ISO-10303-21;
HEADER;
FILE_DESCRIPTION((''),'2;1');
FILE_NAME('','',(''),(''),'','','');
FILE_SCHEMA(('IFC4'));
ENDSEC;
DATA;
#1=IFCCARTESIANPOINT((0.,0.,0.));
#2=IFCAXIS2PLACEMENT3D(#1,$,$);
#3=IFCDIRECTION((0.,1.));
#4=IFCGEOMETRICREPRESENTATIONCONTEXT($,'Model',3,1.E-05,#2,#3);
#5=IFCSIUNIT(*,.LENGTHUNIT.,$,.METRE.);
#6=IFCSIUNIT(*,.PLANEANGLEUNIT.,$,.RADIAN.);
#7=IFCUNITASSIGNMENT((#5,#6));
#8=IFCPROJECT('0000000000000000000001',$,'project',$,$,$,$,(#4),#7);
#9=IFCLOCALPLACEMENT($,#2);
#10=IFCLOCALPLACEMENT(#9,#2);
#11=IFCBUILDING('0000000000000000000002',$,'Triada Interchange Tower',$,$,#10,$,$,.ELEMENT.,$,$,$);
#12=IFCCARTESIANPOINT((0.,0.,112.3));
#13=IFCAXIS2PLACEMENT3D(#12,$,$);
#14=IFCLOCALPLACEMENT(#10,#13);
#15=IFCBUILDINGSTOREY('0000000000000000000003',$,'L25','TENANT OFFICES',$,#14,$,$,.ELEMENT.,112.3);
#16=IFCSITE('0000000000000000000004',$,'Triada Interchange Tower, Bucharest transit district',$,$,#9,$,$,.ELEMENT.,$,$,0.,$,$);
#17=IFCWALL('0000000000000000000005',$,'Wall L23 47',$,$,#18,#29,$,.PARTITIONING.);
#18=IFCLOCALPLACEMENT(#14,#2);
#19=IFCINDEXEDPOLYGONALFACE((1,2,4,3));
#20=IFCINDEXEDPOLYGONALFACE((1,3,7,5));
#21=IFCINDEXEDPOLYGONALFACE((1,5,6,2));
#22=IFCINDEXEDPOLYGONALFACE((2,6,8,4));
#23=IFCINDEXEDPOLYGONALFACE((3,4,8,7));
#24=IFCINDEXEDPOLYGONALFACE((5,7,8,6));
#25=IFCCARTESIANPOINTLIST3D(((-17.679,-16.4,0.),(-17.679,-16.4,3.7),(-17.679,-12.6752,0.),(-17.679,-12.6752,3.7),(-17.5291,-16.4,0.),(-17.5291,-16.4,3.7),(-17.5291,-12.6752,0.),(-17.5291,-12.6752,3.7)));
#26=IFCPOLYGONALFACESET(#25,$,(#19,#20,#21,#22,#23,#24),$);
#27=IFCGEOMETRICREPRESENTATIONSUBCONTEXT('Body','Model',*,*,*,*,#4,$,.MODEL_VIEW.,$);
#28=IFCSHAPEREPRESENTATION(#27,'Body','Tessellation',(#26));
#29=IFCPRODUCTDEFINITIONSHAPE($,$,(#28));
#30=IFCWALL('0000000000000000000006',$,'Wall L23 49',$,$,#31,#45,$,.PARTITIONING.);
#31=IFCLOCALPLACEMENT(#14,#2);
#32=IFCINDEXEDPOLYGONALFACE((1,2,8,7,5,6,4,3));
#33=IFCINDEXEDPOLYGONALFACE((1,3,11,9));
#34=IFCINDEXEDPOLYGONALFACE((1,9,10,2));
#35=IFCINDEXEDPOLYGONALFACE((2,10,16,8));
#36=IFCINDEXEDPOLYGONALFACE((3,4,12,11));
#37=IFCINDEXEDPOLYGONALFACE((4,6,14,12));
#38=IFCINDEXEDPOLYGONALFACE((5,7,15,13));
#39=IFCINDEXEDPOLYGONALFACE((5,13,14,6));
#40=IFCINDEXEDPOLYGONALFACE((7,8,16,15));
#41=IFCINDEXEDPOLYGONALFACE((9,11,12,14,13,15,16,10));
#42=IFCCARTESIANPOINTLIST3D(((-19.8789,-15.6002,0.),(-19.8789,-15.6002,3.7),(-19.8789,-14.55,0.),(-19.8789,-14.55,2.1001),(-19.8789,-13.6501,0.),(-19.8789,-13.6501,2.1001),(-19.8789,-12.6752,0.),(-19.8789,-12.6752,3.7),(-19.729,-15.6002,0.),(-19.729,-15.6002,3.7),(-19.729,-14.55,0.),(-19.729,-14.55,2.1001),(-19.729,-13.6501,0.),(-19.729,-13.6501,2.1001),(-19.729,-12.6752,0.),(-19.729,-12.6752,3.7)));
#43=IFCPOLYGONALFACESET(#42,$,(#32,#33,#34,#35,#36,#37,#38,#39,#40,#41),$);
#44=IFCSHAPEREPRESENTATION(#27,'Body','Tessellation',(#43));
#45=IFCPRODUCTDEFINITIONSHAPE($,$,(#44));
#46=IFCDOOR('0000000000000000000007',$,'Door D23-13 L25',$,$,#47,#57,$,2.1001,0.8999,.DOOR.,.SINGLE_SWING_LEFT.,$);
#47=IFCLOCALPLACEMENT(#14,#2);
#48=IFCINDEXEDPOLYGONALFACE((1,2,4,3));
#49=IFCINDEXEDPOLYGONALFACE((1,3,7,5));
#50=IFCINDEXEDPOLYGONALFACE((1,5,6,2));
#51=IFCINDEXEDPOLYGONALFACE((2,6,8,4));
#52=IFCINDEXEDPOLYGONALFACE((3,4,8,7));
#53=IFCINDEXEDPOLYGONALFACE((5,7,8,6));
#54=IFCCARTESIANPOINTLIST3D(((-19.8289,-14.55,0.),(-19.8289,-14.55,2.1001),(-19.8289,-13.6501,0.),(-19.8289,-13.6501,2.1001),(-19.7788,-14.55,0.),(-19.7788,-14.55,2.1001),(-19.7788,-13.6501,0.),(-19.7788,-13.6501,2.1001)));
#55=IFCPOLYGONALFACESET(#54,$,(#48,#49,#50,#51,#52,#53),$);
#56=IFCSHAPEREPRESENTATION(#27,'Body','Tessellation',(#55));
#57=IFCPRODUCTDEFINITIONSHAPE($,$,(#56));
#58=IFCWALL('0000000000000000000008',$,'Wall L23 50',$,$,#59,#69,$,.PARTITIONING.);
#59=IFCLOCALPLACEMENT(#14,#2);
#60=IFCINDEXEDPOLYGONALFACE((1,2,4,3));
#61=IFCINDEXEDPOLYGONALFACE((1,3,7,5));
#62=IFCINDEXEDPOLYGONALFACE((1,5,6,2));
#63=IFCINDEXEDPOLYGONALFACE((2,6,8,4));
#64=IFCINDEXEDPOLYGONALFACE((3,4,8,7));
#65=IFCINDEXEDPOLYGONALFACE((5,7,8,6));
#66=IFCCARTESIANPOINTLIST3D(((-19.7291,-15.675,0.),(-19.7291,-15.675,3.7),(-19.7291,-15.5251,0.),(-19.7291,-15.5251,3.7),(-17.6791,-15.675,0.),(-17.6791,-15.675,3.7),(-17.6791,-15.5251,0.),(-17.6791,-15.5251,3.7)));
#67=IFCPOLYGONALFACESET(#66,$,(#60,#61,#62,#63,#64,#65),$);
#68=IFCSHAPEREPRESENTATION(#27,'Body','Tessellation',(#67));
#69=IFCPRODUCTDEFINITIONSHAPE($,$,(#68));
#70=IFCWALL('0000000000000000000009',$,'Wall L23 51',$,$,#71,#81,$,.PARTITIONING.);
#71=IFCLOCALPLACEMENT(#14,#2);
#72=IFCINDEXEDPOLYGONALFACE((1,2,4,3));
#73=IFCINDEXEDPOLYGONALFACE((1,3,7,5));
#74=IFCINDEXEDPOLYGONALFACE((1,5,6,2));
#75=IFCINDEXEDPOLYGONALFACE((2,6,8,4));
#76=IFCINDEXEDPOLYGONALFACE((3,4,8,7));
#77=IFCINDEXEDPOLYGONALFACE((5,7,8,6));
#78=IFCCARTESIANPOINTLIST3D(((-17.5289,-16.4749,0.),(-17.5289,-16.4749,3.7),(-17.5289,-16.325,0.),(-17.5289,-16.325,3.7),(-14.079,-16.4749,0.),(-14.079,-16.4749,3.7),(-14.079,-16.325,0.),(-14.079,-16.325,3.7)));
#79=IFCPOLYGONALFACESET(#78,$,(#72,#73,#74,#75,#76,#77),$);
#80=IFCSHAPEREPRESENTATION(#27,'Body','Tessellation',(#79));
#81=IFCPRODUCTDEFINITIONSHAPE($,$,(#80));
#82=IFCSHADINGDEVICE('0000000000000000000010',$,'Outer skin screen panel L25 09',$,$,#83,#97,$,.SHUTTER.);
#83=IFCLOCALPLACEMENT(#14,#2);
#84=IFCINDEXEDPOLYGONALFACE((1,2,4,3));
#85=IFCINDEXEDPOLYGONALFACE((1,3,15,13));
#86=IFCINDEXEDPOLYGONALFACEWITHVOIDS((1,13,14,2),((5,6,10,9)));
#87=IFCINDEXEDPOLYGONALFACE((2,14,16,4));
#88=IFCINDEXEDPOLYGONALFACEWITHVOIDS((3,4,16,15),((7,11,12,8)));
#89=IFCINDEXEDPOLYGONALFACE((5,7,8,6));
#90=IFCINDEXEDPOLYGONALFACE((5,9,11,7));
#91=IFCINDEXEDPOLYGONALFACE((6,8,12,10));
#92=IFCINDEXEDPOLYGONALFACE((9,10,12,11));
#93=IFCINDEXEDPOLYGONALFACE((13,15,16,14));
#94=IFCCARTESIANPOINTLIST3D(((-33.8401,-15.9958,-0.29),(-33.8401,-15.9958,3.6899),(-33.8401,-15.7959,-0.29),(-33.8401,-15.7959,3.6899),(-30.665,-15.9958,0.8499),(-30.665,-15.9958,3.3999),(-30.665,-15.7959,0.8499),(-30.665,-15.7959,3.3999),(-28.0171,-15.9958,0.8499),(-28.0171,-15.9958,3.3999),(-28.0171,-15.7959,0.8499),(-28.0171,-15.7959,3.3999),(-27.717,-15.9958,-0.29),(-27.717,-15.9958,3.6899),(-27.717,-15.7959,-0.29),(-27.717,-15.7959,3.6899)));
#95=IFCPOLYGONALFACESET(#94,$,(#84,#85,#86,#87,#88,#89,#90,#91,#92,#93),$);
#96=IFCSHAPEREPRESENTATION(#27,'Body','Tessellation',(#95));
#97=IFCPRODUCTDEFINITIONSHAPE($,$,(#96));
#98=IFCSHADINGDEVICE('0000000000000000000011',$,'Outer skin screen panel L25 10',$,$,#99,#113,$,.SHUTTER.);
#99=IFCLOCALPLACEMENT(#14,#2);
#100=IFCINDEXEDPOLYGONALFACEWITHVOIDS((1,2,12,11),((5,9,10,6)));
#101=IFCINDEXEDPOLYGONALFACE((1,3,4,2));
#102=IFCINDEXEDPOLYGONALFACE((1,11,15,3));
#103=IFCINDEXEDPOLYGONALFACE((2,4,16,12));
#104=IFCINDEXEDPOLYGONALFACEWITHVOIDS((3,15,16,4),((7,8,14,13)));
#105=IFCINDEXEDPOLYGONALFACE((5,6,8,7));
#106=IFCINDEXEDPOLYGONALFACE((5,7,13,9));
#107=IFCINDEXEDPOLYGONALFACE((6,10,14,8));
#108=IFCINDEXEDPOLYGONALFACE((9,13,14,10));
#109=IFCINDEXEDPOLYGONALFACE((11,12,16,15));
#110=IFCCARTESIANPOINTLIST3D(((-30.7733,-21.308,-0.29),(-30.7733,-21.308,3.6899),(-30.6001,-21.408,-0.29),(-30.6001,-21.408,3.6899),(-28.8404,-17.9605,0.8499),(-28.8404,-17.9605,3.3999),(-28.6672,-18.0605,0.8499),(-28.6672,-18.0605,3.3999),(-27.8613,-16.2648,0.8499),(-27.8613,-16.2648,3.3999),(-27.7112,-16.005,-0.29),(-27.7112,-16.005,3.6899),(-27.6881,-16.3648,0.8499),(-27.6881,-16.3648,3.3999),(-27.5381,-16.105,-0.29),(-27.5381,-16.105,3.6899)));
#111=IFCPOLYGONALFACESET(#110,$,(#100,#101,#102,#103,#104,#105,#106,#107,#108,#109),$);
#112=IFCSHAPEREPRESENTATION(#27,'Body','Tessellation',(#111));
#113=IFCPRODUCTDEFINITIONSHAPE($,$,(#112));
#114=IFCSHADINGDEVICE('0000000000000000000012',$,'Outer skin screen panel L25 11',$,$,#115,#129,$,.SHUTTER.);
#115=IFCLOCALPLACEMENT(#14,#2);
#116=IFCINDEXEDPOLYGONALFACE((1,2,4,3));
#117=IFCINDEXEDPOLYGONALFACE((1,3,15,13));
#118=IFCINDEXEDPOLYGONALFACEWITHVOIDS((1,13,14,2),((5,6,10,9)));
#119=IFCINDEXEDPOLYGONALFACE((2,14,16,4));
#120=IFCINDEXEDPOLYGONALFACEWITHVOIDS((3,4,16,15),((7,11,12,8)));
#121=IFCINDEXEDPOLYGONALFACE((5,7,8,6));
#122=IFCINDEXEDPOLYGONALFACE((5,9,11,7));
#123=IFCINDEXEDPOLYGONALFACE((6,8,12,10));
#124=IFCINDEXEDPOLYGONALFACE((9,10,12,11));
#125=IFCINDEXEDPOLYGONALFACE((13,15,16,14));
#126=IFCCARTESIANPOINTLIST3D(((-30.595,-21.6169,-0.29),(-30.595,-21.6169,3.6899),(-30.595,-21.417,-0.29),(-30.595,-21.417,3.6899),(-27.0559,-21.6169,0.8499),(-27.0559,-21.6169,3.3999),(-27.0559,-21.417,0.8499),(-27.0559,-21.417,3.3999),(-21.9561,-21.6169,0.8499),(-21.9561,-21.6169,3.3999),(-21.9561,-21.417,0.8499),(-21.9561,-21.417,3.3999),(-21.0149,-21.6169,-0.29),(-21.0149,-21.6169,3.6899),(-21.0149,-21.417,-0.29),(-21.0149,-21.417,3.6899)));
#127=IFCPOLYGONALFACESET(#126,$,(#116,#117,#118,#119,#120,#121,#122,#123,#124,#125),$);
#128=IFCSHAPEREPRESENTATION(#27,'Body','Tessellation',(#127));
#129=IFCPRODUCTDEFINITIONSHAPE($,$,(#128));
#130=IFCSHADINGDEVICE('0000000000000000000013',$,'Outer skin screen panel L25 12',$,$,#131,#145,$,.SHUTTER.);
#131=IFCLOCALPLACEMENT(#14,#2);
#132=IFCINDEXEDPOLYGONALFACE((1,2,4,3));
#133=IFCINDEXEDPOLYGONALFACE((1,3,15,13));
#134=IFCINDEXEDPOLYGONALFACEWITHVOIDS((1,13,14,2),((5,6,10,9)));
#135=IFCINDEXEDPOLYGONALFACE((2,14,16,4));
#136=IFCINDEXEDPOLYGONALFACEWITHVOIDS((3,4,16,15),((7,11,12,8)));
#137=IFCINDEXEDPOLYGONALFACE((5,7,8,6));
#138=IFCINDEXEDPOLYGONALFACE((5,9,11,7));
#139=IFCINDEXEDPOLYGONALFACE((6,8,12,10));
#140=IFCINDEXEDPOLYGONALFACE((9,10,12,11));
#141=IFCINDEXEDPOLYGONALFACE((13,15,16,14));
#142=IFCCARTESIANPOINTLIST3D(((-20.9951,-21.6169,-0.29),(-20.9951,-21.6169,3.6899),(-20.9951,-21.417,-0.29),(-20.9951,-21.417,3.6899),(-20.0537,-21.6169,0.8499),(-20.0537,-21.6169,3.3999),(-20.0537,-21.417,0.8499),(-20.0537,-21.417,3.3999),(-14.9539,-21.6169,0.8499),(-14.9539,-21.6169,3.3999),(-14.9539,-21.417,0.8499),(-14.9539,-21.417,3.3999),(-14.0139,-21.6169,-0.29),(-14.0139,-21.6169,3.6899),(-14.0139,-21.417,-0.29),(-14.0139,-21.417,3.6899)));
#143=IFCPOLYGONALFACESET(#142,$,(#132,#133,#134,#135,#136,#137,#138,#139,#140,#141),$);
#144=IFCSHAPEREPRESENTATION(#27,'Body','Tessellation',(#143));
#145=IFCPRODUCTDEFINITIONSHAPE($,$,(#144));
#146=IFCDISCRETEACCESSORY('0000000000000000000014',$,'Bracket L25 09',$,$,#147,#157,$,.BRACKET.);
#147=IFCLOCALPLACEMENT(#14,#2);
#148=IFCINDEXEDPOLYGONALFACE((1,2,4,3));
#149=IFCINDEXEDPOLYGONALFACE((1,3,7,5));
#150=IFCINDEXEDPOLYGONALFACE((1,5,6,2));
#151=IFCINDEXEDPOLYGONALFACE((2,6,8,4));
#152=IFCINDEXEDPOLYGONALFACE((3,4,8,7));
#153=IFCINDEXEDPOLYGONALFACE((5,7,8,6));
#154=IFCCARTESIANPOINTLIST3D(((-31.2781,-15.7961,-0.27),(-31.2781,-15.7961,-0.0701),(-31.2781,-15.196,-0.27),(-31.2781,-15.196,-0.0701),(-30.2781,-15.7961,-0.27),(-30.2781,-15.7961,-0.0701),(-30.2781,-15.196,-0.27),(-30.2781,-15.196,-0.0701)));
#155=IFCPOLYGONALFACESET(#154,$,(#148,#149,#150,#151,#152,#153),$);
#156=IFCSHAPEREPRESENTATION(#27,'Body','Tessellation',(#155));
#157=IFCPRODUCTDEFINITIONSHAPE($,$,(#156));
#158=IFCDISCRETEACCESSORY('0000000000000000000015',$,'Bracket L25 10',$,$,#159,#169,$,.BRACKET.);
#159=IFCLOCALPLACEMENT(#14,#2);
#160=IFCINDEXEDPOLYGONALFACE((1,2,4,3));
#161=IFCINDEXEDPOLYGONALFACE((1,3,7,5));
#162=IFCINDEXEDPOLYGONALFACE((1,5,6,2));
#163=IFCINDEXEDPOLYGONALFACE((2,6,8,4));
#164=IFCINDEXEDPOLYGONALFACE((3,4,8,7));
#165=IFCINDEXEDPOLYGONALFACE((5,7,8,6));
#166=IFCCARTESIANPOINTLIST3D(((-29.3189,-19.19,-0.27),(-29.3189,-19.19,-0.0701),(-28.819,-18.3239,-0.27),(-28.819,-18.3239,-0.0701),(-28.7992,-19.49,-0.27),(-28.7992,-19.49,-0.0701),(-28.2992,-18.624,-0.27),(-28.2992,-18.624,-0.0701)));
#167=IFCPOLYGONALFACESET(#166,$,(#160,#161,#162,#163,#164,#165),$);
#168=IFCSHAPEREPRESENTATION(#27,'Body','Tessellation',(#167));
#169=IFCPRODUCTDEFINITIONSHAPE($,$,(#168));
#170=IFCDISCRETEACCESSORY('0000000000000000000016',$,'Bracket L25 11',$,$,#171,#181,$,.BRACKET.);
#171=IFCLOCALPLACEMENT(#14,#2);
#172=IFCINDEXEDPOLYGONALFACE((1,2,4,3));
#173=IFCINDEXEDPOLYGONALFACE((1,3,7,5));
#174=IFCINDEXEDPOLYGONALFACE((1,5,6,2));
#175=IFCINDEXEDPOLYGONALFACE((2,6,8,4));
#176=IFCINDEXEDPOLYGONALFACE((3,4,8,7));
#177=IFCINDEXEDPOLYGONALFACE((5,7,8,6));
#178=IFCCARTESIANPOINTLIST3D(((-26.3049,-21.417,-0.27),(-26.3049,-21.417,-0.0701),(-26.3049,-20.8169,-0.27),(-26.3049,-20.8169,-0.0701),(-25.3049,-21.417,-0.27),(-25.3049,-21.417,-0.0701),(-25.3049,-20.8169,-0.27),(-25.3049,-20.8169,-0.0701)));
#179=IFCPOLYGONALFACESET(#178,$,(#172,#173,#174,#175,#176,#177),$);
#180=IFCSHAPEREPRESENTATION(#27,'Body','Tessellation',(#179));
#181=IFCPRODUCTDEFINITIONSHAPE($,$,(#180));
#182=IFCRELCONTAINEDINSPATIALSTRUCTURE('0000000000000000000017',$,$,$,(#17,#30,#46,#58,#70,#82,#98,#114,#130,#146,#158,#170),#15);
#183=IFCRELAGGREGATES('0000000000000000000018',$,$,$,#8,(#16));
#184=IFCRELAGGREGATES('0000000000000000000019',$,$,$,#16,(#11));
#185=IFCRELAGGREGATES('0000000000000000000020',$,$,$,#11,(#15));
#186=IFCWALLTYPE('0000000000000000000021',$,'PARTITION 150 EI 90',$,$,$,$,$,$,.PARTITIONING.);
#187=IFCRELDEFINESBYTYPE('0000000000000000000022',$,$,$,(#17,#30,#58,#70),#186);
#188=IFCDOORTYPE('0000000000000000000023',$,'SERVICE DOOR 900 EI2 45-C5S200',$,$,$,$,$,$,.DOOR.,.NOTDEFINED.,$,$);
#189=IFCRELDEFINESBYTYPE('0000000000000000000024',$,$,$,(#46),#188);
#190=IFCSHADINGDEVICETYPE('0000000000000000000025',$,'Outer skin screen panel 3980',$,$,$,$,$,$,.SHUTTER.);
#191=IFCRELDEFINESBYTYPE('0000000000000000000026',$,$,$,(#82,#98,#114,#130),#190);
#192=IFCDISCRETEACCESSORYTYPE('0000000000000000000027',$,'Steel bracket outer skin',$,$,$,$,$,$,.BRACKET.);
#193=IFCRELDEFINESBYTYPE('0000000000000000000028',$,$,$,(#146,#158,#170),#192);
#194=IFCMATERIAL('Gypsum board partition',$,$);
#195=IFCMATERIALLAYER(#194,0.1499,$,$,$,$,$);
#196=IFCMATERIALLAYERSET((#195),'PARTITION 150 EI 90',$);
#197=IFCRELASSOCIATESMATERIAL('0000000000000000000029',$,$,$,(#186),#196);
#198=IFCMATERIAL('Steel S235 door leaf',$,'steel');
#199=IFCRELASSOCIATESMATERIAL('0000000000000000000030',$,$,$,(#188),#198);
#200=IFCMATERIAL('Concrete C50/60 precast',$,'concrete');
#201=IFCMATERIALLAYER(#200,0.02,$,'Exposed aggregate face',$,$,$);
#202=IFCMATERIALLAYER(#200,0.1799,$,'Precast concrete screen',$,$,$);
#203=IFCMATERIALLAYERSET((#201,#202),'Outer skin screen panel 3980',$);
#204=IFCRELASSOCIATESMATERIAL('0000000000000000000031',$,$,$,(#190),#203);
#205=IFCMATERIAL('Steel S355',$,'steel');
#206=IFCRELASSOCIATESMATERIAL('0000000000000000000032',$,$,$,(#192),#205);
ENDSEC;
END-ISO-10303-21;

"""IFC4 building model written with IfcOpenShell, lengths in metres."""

from ifc_helpers import new_model, si_unit, direction, frame, frame_2d, origin, origin_2d, place, context, subcontext, project, spatial, polyline, rectangle, outline, extrude, material, layer, layer_set, type_object, element, fill, save


model = new_model("IFC4")

# Units and contexts
model_context = context("Model", 3, precision=1e-05, world=origin(), true_north=direction((0.0, 1.0)))
body_context = subcontext(model_context, "Body", "Model", "MODEL_VIEW")
ifc_project = project(units=[si_unit("LENGTHUNIT", "METRE"), si_unit("PLANEANGLEUNIT", "RADIAN")], contexts=[model_context])

# Site, building, storey
site_placement = place(None, origin())
site = spatial("IfcSite", under=ifc_project, at=site_placement, Name="Triada Interchange Tower, Bucharest transit district", CompositionType="ELEMENT", RefElevation=0.0)
building_placement = place(site_placement, origin())
building = spatial("IfcBuilding", under=site, at=building_placement, Name="Triada Interchange Tower", CompositionType="ELEMENT")
storey_placement = place(building_placement, frame((0.0, 0.0, 112.3)))
storey = spatial("IfcBuildingStorey", under=building, at=storey_placement, Name="L25", Description="TENANT OFFICES", CompositionType="ELEMENT", Elevation=112.3)

# Wall
ifc_material_1 = material(Name="Gypsum board partition")
ifc_layer_1 = layer(ifc_material_1, 0.1499)
ifc_layer_set_1 = layer_set([ifc_layer_1], Name="PARTITION 150 EI 90")
wall_type_1 = type_object("IfcWallType", Name="PARTITION 150 EI 90", PredefinedType="PARTITIONING", material=ifc_layer_set_1)
wall_1_placement = place(storey_placement, frame((-17.604, -16.3999, 0.0), z_axis=(0.0, 0.0, 1.0), x_axis=(0.0, 1.0, 0.0)))
element("IfcWall", 1, at=wall_1_placement, inside=storey, type_object=wall_type_1, Name="Wall L23 47", PredefinedType="PARTITIONING", context=body_context, shape_type="SweptSolid", body=[
    extrude(rectangle(XDim=3.7249, YDim=0.1499, at=frame_2d((1.8623, 0.0))), origin(), (0.0, 0.0, 1.0), 3.7),
])

# Wall, opening, door
wall_2_placement = place(storey_placement, frame((-19.804, -15.6001, 0.0), z_axis=(0.0, 0.0, 1.0), x_axis=(0.0, 1.0, 0.0)))
wall_2 = element("IfcWall", 2, at=wall_2_placement, inside=storey, type_object=wall_type_1, Name="Wall L23 49", PredefinedType="PARTITIONING", context=body_context, shape_type="SweptSolid", body=[
    extrude(rectangle(XDim=2.925, YDim=0.1499, at=frame_2d((1.4624, 0.0))), origin(), (0.0, 0.0, 1.0), 3.7),
])
opening_1_placement = place(wall_2_placement, frame((1.05, 0.0, 0.0)))
opening_1 = element("IfcOpeningElement", 3, at=opening_1_placement, cuts=wall_2, PredefinedType="OPENING", context=body_context, shape_type="SweptSolid", body=[
    extrude(rectangle(XDim=0.8999, YDim=2.1001, at=frame_2d((0.45, 1.05))), frame((0.0, 0.085, 0.0), z_axis=(0.0, -1.0, 0.0), x_axis=(1.0, 0.0, 0.0)), (0.0, 0.0, 1.0), 0.1699),
])
ifc_material_2 = material(Name="Steel S235 door leaf", Category="steel")
door_type = type_object("IfcDoorType", Name="SERVICE DOOR 900 EI2 45-C5S200", OperationType="NOTDEFINED", PredefinedType="DOOR", material=ifc_material_2)
door_placement = place(opening_1_placement, origin())
door = element("IfcDoor", 4, at=door_placement, inside=storey, type_object=door_type, Name="Door D23-13 L25", OperationType="SINGLE_SWING_LEFT", OverallHeight=2.1001, OverallWidth=0.8999, PredefinedType="DOOR", context=body_context, shape_type="SweptSolid", body=[
    extrude(rectangle(XDim=0.8999, YDim=2.1001, at=frame_2d((0.45, 1.05))), frame((0.0, 0.0249, 0.0), z_axis=(0.0, -1.0, 0.0), x_axis=(1.0, 0.0, 0.0)), (0.0, 0.0, 1.0), 0.05),
])
fill(opening_1, door)

# Walls
wall_3_placement = place(storey_placement, frame((-19.729, -15.6001, 0.0), z_axis=(0.0, 0.0, 1.0), x_axis=(1.0, 0.0, 0.0)))
element("IfcWall", 5, at=wall_3_placement, inside=storey, type_object=wall_type_1, Name="Wall L23 50", PredefinedType="PARTITIONING", context=body_context, shape_type="SweptSolid", body=[
    extrude(rectangle(XDim=2.05, YDim=0.1499, at=frame_2d((1.0249, 0.0))), origin(), (0.0, 0.0, 1.0), 3.7),
])
wall_4_placement = place(storey_placement, frame((-17.5291, -16.3999, 0.0), z_axis=(0.0, 0.0, 1.0), x_axis=(1.0, 0.0, 0.0)))
element("IfcWall", 6, at=wall_4_placement, inside=storey, type_object=wall_type_1, Name="Wall L23 51", PredefinedType="PARTITIONING", context=body_context, shape_type="SweptSolid", body=[
    extrude(rectangle(XDim=3.45, YDim=0.1499, at=frame_2d((1.7251, 0.0))), origin(), (0.0, 0.0, 1.0), 3.7),
])

# Shading devices
ifc_material_3 = material(Name="Concrete C50/60 precast", Category="concrete")
ifc_layer_2 = layer(ifc_material_3, 0.02, Name="Exposed aggregate face")
ifc_layer_3 = layer(ifc_material_3, 0.1799, Name="Precast concrete screen")
ifc_layer_set_2 = layer_set([ifc_layer_2, ifc_layer_3], Name="Outer skin screen panel 3980")
shading_device_type = type_object("IfcShadingDeviceType", Name="Outer skin screen panel 3980", PredefinedType="SHUTTER", material=ifc_layer_set_2)
shading_device_1_placement = place(storey_placement, frame((-33.8401, -15.7959, -0.29), z_axis=(0.0, 0.0, 1.0), x_axis=(1.0, 0.0, 0.0)))
element("IfcShadingDevice", 7, at=shading_device_1_placement, inside=storey, type_object=shading_device_type, Name="Outer skin screen panel L25 09", PredefinedType="SHUTTER", context=body_context, shape_type="SweptSolid", body=[
    extrude(outline(polyline([(0.0, 0.0), (6.123, 0.0), (6.123, 3.98), (0.0, 3.98), (0.0, 0.0)]), holes=[polyline([(3.175, 1.1399), (3.175, 3.6899), (5.823, 3.6899), (5.823, 1.1399), (3.175, 1.1399)])]), frame((0.0, 0.0, 0.0), z_axis=(0.0, -1.0, 0.0), x_axis=(1.0, 0.0, 0.0)), (0.0, 0.0, 1.0), 0.2),
])
shading_device_2_placement = place(storey_placement, frame((-27.5381, -16.105, -0.29), z_axis=(0.0, 0.0, 1.0), x_axis=(-0.500041, -0.866002, 0.0)))
element("IfcShadingDevice", 8, at=shading_device_2_placement, inside=storey, type_object=shading_device_type, Name="Outer skin screen panel L25 10", PredefinedType="SHUTTER", context=body_context, shape_type="SweptSolid", body=[
    extrude(outline(polyline([(0.0, 0.0), (6.1235, 0.0), (6.1235, 3.98), (0.0, 3.98), (0.0, 0.0)]), holes=[polyline([(0.3, 1.1399), (0.3, 3.6899), (2.2581, 3.6899), (2.2581, 1.1399), (0.3, 1.1399)])]), frame((0.0, 0.0, 0.0), z_axis=(0.0, -1.0, 0.0), x_axis=(1.0, 0.0, 0.0)), (0.0, 0.0, 1.0), 0.2),
])
shading_device_3_placement = place(storey_placement, frame((-30.595, -21.417, -0.29), z_axis=(0.0, 0.0, 1.0), x_axis=(1.0, 0.0, 0.0)))
element("IfcShadingDevice", 9, at=shading_device_3_placement, inside=storey, type_object=shading_device_type, Name="Outer skin screen panel L25 11", PredefinedType="SHUTTER", context=body_context, shape_type="SweptSolid", body=[
    extrude(outline(polyline([(0.0, 0.0), (9.5801, 0.0), (9.5801, 3.98), (0.0, 3.98), (0.0, 0.0)]), holes=[polyline([(3.5391, 1.1399), (3.5391, 3.6899), (8.6389, 3.6899), (8.6389, 1.1399), (3.5391, 1.1399)])]), frame((0.0, 0.0, 0.0), z_axis=(0.0, -1.0, 0.0), x_axis=(1.0, 0.0, 0.0)), (0.0, 0.0, 1.0), 0.2),
])
shading_device_4_placement = place(storey_placement, frame((-20.9951, -21.417, -0.29), z_axis=(0.0, 0.0, 1.0), x_axis=(1.0, 0.0, 0.0)))
element("IfcShadingDevice", 10, at=shading_device_4_placement, inside=storey, type_object=shading_device_type, Name="Outer skin screen panel L25 12", PredefinedType="SHUTTER", context=body_context, shape_type="SweptSolid", body=[
    extrude(outline(polyline([(0.0, 0.0), (6.9812, 0.0), (6.9812, 3.98), (0.0, 3.98), (0.0, 0.0)]), holes=[polyline([(0.9414, 1.1399), (0.9414, 3.6899), (6.0413, 3.6899), (6.0413, 1.1399), (0.9414, 1.1399)])]), frame((0.0, 0.0, 0.0), z_axis=(0.0, -1.0, 0.0), x_axis=(1.0, 0.0, 0.0)), (0.0, 0.0, 1.0), 0.2),
])

# Discrete accessories
ifc_material_4 = material(Name="Steel S355", Category="steel")
discrete_accessory_type = type_object("IfcDiscreteAccessoryType", Name="Steel bracket outer skin", PredefinedType="BRACKET", material=ifc_material_4)
for number, where, z_axis, x_axis, name in (
    (11, (-30.7781, -15.4961, -0.27), (0.0, 0.0, 1.0), (0.0, -1.0, 0.0), "Bracket L25 09"),
    (12, (-28.8091, -18.907, -0.27), (0.0, 0.0, 1.0), (-0.866044, 0.499967, 0.0), "Bracket L25 10"),
    (13, (-25.8049, -21.1169, -0.27), (0.0, 0.0, 1.0), (0.0, -1.0, 0.0), "Bracket L25 11"),
):
    element("IfcDiscreteAccessory", number, at=place(storey_placement, frame(where, z_axis=z_axis, x_axis=x_axis)), inside=storey, type_object=discrete_accessory_type, Name=name, PredefinedType="BRACKET", context=body_context, shape_type="SweptSolid", body=[
        extrude(rectangle(XDim=0.6001, YDim=1.0, at=origin_2d()), origin(), (0.0, 0.0, 1.0), 0.2),
    ])

save(model, "model.ifc")
